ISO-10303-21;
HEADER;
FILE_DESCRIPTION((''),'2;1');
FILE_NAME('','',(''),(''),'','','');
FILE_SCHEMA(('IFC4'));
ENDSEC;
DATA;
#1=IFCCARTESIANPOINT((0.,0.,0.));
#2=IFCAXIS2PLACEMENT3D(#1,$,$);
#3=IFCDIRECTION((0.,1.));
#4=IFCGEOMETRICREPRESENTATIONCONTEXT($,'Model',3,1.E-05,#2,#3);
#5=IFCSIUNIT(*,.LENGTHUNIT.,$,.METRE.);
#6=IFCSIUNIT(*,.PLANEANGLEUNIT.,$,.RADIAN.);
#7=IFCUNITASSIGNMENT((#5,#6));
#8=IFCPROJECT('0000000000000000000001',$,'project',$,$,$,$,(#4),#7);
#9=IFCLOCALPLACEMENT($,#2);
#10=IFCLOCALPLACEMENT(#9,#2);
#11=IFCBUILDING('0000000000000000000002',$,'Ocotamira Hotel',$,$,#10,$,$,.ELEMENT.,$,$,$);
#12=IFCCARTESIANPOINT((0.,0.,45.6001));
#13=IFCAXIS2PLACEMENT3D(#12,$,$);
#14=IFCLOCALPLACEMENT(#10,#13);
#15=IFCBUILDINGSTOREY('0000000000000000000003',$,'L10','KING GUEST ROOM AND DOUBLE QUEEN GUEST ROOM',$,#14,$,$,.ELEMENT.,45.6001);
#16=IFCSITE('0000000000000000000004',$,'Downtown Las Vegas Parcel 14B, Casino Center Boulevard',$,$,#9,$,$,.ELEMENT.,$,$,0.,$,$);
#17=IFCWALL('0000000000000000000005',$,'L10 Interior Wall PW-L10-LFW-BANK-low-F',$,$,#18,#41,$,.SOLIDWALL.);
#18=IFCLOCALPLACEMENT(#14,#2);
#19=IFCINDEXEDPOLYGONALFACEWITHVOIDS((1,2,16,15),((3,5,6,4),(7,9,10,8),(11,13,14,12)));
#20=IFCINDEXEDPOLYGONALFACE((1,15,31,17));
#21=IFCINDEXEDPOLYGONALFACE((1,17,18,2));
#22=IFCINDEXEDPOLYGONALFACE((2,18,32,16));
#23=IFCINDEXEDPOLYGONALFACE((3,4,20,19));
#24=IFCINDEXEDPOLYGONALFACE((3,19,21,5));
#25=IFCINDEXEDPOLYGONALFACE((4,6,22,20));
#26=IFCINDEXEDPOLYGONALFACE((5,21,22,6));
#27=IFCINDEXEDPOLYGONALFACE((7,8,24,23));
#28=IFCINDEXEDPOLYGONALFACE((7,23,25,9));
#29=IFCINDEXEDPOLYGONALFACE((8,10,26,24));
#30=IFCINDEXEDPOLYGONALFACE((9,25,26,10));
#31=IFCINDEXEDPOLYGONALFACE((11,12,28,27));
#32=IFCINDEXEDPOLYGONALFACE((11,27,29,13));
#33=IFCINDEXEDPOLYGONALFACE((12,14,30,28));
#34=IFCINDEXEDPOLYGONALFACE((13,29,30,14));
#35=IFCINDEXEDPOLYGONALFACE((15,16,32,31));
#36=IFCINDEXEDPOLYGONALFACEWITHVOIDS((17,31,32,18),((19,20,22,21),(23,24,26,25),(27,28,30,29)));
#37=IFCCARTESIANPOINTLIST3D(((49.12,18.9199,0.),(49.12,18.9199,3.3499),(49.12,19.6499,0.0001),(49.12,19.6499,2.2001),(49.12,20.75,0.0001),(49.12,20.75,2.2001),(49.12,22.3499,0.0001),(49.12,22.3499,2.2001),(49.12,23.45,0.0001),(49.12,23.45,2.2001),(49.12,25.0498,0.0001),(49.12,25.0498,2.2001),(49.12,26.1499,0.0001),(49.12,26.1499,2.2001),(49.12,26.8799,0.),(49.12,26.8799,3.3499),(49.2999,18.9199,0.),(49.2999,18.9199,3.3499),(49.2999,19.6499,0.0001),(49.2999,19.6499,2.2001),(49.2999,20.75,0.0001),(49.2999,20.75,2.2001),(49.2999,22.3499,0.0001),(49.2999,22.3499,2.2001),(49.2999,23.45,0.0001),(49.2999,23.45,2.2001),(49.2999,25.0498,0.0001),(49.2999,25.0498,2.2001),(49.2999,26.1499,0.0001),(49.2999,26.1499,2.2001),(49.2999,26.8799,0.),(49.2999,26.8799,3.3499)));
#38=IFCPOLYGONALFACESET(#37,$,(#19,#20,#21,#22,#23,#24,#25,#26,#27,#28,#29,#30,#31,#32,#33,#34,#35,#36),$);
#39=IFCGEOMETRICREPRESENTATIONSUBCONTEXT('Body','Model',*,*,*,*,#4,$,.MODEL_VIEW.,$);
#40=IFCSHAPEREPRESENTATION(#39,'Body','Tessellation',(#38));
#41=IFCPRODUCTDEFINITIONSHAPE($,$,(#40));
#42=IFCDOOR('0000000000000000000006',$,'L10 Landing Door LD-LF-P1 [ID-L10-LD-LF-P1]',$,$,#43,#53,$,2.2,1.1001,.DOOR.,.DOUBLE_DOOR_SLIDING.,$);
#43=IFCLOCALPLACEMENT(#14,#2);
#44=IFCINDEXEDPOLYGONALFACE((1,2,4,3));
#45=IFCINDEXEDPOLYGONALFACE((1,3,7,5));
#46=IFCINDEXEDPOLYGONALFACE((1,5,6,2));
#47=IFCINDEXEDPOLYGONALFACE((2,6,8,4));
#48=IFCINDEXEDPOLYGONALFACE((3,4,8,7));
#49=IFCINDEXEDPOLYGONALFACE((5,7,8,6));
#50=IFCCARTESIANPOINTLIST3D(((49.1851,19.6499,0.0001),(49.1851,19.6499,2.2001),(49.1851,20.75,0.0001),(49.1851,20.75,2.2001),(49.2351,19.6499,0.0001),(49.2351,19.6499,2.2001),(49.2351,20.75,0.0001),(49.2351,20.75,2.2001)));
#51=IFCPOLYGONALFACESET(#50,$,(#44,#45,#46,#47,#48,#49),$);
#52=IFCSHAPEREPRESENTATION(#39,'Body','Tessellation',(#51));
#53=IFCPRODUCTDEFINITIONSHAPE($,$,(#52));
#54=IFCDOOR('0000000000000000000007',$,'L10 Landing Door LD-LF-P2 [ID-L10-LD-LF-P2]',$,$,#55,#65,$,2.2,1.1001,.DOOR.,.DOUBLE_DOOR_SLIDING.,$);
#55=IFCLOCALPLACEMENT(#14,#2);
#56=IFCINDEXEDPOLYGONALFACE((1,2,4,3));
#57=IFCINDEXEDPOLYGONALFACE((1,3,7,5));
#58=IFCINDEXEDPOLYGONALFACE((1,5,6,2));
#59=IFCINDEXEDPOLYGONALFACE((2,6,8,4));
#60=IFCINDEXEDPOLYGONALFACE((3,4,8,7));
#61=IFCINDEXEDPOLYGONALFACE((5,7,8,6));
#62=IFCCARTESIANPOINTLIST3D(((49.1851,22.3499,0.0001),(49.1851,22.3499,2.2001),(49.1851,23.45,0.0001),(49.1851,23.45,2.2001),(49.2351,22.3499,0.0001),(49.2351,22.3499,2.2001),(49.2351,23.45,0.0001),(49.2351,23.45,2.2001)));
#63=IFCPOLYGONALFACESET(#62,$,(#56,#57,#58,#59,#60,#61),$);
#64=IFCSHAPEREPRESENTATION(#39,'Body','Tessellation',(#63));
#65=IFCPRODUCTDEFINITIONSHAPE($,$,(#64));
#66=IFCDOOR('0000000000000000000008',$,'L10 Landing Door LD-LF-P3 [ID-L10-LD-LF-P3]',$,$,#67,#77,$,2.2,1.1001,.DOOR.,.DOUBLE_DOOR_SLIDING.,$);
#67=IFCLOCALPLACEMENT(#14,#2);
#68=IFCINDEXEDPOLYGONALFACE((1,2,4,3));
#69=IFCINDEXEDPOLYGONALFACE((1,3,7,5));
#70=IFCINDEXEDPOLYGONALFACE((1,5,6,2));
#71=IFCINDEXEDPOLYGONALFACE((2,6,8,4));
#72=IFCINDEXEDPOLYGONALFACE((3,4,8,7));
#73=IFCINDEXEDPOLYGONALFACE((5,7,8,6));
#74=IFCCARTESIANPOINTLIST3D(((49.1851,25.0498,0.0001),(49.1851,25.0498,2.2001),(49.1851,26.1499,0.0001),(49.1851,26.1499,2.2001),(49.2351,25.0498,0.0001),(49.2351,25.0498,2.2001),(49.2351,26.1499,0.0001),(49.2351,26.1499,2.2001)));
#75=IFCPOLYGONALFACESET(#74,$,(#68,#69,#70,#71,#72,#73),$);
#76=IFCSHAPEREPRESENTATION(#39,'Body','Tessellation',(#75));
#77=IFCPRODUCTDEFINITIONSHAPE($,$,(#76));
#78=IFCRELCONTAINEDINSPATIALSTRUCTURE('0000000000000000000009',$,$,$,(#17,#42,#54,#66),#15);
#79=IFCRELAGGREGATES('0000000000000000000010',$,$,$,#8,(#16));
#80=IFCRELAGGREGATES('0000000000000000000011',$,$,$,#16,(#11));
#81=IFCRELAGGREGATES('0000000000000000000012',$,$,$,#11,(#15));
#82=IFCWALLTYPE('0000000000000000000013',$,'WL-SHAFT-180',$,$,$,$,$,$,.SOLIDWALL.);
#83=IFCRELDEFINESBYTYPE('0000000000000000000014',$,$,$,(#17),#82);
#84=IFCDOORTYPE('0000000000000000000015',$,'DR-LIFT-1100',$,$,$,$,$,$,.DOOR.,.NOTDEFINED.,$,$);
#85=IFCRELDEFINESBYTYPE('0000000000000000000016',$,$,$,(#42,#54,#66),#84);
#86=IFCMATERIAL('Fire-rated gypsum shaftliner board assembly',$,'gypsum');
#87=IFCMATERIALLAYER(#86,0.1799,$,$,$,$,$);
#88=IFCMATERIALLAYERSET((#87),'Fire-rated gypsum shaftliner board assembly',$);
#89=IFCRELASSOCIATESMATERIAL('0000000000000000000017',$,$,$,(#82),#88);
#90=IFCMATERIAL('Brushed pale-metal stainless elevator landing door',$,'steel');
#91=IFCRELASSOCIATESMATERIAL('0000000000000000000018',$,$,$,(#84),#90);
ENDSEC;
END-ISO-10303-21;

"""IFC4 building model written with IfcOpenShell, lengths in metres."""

from ifc_helpers import new_model, si_unit, direction, frame, frame_2d, origin, place, context, subcontext, project, spatial, rectangle, extrude, source, transform, mapped, material, layer, layer_set, type_object, element, fill, save


model = new_model("IFC4")

# Units and contexts
model_context = context("Model", 3, precision=1e-05, world=origin(), true_north=direction((0.0, 1.0)))
body_context = subcontext(model_context, "Body", "Model", "MODEL_VIEW")
ifc_project = project(units=[si_unit("LENGTHUNIT", "METRE"), si_unit("PLANEANGLEUNIT", "RADIAN")], contexts=[model_context])

# Site, building, storey
site_placement = place(None, origin())
site = spatial("IfcSite", under=ifc_project, at=site_placement, Name="Downtown Las Vegas Parcel 14B, Casino Center Boulevard", CompositionType="ELEMENT", RefElevation=0.0)
building_placement = place(site_placement, origin())
building = spatial("IfcBuilding", under=site, at=building_placement, Name="Ocotamira Hotel", CompositionType="ELEMENT")
storey_placement = place(building_placement, frame((0.0, 0.0, 45.6001)))
storey = spatial("IfcBuildingStorey", under=building, at=storey_placement, Name="L10", Description="KING GUEST ROOM AND DOUBLE QUEEN GUEST ROOM", CompositionType="ELEMENT", Elevation=45.6001)

# Wall, openings, doors
ifc_material_1 = material(Name="Fire-rated gypsum shaftliner board assembly", Category="gypsum")
ifc_layer_1 = layer(ifc_material_1, 0.1799)
ifc_layer_set_1 = layer_set([ifc_layer_1], Name="Fire-rated gypsum shaftliner board assembly")
wall_type_1 = type_object("IfcWallType", Name="WL-SHAFT-180", PredefinedType="SOLIDWALL", material=ifc_layer_set_1)
wall_1_placement = place(storey_placement, frame((49.21, 18.9199, 0.0), z_axis=(0.0, 0.0, 1.0), x_axis=(0.0, 1.0, 0.0)))
wall_1 = element("IfcWall", 1, at=wall_1_placement, inside=storey, type_object=wall_type_1, Name="L10 Interior Wall PW-L10-LFW-BANK-low-F", PredefinedType="SOLIDWALL", context=body_context, shape_type="SweptSolid", body=[
    extrude(rectangle(XDim=7.96, YDim=0.1799, at=frame_2d((3.98, 0.0))), origin(), (0.0, 0.0, 1.0), 3.3499),
])
opening_1_placement = place(wall_1_placement, frame((0.73, 0.0, 0.0)))
opening_1 = element("IfcOpeningElement", 2, at=opening_1_placement, cuts=wall_1, PredefinedType="OPENING", context=body_context, shape_type="SweptSolid", body=[
    extrude(rectangle(XDim=1.1001, YDim=2.2, at=frame_2d((0.55, 1.1001))), frame((0.0, 0.1001, 0.0), z_axis=(0.0, -1.0, 0.0), x_axis=(1.0, 0.0, 0.0)), (0.0, 0.0, 1.0), 0.2),
])
opening_2_placement = place(wall_1_placement, frame((3.4299, 0.0, 0.0)))
opening_2 = element("IfcOpeningElement", 3, at=opening_2_placement, cuts=wall_1, PredefinedType="OPENING", context=body_context, shape_type="SweptSolid", body=[
    extrude(rectangle(XDim=1.1001, YDim=2.2, at=frame_2d((0.55, 1.1001))), frame((0.0, 0.1001, 0.0), z_axis=(0.0, -1.0, 0.0), x_axis=(1.0, 0.0, 0.0)), (0.0, 0.0, 1.0), 0.2),
])
opening_3_placement = place(wall_1_placement, frame((6.1299, 0.0, 0.0)))
opening_3 = element("IfcOpeningElement", 4, at=opening_3_placement, cuts=wall_1, PredefinedType="OPENING", context=body_context, shape_type="SweptSolid", body=[
    extrude(rectangle(XDim=1.1001, YDim=2.2, at=frame_2d((0.55, 1.1001))), frame((0.0, 0.1001, 0.0), z_axis=(0.0, -1.0, 0.0), x_axis=(1.0, 0.0, 0.0)), (0.0, 0.0, 1.0), 0.2),
])
ifc_material_2 = material(Name="Brushed pale-metal stainless elevator landing door", Category="steel")
door_type = type_object("IfcDoorType", Name="DR-LIFT-1100", OperationType="NOTDEFINED", PredefinedType="DOOR", material=ifc_material_2)
shared_shape_1 = source(origin(), body_context, "Body", "SweptSolid", [
    extrude(rectangle(XDim=1.1001, YDim=2.2, at=frame_2d((0.55, 1.1001))), frame((0.0, 0.0249, 0.0), z_axis=(0.0, -1.0, 0.0), x_axis=(1.0, 0.0, 0.0)), (0.0, 0.0, 1.0), 0.05),
])
door_1_placement = place(opening_1_placement, origin())
door_1 = element("IfcDoor", 5, at=door_1_placement, inside=storey, type_object=door_type, Name="L10 Landing Door LD-LF-P1 [ID-L10-LD-LF-P1]", OperationType="DOUBLE_DOOR_SLIDING", OverallHeight=2.2, OverallWidth=1.1001, PredefinedType="DOOR", context=body_context, shape_type="MappedRepresentation", body=[
    mapped(shared_shape_1, transform((0.0, 0.0, 0.0), scale=1.0)),
])
fill(opening_1, door_1)
door_2_placement = place(opening_2_placement, origin())
door_2 = element("IfcDoor", 6, at=door_2_placement, inside=storey, type_object=door_type, Name="L10 Landing Door LD-LF-P2 [ID-L10-LD-LF-P2]", OperationType="DOUBLE_DOOR_SLIDING", OverallHeight=2.2, OverallWidth=1.1001, PredefinedType="DOOR", context=body_context, shape_type="MappedRepresentation", body=[
    mapped(shared_shape_1, transform((0.0, 0.0, 0.0), scale=1.0)),
])
fill(opening_2, door_2)
door_3_placement = place(opening_3_placement, origin())
door_3 = element("IfcDoor", 7, at=door_3_placement, inside=storey, type_object=door_type, Name="L10 Landing Door LD-LF-P3 [ID-L10-LD-LF-P3]", OperationType="DOUBLE_DOOR_SLIDING", OverallHeight=2.2, OverallWidth=1.1001, PredefinedType="DOOR", context=body_context, shape_type="MappedRepresentation", body=[
    mapped(shared_shape_1, transform((0.0, 0.0, 0.0), scale=1.0)),
])
fill(opening_3, door_3)

save(model, "model.ifc")
